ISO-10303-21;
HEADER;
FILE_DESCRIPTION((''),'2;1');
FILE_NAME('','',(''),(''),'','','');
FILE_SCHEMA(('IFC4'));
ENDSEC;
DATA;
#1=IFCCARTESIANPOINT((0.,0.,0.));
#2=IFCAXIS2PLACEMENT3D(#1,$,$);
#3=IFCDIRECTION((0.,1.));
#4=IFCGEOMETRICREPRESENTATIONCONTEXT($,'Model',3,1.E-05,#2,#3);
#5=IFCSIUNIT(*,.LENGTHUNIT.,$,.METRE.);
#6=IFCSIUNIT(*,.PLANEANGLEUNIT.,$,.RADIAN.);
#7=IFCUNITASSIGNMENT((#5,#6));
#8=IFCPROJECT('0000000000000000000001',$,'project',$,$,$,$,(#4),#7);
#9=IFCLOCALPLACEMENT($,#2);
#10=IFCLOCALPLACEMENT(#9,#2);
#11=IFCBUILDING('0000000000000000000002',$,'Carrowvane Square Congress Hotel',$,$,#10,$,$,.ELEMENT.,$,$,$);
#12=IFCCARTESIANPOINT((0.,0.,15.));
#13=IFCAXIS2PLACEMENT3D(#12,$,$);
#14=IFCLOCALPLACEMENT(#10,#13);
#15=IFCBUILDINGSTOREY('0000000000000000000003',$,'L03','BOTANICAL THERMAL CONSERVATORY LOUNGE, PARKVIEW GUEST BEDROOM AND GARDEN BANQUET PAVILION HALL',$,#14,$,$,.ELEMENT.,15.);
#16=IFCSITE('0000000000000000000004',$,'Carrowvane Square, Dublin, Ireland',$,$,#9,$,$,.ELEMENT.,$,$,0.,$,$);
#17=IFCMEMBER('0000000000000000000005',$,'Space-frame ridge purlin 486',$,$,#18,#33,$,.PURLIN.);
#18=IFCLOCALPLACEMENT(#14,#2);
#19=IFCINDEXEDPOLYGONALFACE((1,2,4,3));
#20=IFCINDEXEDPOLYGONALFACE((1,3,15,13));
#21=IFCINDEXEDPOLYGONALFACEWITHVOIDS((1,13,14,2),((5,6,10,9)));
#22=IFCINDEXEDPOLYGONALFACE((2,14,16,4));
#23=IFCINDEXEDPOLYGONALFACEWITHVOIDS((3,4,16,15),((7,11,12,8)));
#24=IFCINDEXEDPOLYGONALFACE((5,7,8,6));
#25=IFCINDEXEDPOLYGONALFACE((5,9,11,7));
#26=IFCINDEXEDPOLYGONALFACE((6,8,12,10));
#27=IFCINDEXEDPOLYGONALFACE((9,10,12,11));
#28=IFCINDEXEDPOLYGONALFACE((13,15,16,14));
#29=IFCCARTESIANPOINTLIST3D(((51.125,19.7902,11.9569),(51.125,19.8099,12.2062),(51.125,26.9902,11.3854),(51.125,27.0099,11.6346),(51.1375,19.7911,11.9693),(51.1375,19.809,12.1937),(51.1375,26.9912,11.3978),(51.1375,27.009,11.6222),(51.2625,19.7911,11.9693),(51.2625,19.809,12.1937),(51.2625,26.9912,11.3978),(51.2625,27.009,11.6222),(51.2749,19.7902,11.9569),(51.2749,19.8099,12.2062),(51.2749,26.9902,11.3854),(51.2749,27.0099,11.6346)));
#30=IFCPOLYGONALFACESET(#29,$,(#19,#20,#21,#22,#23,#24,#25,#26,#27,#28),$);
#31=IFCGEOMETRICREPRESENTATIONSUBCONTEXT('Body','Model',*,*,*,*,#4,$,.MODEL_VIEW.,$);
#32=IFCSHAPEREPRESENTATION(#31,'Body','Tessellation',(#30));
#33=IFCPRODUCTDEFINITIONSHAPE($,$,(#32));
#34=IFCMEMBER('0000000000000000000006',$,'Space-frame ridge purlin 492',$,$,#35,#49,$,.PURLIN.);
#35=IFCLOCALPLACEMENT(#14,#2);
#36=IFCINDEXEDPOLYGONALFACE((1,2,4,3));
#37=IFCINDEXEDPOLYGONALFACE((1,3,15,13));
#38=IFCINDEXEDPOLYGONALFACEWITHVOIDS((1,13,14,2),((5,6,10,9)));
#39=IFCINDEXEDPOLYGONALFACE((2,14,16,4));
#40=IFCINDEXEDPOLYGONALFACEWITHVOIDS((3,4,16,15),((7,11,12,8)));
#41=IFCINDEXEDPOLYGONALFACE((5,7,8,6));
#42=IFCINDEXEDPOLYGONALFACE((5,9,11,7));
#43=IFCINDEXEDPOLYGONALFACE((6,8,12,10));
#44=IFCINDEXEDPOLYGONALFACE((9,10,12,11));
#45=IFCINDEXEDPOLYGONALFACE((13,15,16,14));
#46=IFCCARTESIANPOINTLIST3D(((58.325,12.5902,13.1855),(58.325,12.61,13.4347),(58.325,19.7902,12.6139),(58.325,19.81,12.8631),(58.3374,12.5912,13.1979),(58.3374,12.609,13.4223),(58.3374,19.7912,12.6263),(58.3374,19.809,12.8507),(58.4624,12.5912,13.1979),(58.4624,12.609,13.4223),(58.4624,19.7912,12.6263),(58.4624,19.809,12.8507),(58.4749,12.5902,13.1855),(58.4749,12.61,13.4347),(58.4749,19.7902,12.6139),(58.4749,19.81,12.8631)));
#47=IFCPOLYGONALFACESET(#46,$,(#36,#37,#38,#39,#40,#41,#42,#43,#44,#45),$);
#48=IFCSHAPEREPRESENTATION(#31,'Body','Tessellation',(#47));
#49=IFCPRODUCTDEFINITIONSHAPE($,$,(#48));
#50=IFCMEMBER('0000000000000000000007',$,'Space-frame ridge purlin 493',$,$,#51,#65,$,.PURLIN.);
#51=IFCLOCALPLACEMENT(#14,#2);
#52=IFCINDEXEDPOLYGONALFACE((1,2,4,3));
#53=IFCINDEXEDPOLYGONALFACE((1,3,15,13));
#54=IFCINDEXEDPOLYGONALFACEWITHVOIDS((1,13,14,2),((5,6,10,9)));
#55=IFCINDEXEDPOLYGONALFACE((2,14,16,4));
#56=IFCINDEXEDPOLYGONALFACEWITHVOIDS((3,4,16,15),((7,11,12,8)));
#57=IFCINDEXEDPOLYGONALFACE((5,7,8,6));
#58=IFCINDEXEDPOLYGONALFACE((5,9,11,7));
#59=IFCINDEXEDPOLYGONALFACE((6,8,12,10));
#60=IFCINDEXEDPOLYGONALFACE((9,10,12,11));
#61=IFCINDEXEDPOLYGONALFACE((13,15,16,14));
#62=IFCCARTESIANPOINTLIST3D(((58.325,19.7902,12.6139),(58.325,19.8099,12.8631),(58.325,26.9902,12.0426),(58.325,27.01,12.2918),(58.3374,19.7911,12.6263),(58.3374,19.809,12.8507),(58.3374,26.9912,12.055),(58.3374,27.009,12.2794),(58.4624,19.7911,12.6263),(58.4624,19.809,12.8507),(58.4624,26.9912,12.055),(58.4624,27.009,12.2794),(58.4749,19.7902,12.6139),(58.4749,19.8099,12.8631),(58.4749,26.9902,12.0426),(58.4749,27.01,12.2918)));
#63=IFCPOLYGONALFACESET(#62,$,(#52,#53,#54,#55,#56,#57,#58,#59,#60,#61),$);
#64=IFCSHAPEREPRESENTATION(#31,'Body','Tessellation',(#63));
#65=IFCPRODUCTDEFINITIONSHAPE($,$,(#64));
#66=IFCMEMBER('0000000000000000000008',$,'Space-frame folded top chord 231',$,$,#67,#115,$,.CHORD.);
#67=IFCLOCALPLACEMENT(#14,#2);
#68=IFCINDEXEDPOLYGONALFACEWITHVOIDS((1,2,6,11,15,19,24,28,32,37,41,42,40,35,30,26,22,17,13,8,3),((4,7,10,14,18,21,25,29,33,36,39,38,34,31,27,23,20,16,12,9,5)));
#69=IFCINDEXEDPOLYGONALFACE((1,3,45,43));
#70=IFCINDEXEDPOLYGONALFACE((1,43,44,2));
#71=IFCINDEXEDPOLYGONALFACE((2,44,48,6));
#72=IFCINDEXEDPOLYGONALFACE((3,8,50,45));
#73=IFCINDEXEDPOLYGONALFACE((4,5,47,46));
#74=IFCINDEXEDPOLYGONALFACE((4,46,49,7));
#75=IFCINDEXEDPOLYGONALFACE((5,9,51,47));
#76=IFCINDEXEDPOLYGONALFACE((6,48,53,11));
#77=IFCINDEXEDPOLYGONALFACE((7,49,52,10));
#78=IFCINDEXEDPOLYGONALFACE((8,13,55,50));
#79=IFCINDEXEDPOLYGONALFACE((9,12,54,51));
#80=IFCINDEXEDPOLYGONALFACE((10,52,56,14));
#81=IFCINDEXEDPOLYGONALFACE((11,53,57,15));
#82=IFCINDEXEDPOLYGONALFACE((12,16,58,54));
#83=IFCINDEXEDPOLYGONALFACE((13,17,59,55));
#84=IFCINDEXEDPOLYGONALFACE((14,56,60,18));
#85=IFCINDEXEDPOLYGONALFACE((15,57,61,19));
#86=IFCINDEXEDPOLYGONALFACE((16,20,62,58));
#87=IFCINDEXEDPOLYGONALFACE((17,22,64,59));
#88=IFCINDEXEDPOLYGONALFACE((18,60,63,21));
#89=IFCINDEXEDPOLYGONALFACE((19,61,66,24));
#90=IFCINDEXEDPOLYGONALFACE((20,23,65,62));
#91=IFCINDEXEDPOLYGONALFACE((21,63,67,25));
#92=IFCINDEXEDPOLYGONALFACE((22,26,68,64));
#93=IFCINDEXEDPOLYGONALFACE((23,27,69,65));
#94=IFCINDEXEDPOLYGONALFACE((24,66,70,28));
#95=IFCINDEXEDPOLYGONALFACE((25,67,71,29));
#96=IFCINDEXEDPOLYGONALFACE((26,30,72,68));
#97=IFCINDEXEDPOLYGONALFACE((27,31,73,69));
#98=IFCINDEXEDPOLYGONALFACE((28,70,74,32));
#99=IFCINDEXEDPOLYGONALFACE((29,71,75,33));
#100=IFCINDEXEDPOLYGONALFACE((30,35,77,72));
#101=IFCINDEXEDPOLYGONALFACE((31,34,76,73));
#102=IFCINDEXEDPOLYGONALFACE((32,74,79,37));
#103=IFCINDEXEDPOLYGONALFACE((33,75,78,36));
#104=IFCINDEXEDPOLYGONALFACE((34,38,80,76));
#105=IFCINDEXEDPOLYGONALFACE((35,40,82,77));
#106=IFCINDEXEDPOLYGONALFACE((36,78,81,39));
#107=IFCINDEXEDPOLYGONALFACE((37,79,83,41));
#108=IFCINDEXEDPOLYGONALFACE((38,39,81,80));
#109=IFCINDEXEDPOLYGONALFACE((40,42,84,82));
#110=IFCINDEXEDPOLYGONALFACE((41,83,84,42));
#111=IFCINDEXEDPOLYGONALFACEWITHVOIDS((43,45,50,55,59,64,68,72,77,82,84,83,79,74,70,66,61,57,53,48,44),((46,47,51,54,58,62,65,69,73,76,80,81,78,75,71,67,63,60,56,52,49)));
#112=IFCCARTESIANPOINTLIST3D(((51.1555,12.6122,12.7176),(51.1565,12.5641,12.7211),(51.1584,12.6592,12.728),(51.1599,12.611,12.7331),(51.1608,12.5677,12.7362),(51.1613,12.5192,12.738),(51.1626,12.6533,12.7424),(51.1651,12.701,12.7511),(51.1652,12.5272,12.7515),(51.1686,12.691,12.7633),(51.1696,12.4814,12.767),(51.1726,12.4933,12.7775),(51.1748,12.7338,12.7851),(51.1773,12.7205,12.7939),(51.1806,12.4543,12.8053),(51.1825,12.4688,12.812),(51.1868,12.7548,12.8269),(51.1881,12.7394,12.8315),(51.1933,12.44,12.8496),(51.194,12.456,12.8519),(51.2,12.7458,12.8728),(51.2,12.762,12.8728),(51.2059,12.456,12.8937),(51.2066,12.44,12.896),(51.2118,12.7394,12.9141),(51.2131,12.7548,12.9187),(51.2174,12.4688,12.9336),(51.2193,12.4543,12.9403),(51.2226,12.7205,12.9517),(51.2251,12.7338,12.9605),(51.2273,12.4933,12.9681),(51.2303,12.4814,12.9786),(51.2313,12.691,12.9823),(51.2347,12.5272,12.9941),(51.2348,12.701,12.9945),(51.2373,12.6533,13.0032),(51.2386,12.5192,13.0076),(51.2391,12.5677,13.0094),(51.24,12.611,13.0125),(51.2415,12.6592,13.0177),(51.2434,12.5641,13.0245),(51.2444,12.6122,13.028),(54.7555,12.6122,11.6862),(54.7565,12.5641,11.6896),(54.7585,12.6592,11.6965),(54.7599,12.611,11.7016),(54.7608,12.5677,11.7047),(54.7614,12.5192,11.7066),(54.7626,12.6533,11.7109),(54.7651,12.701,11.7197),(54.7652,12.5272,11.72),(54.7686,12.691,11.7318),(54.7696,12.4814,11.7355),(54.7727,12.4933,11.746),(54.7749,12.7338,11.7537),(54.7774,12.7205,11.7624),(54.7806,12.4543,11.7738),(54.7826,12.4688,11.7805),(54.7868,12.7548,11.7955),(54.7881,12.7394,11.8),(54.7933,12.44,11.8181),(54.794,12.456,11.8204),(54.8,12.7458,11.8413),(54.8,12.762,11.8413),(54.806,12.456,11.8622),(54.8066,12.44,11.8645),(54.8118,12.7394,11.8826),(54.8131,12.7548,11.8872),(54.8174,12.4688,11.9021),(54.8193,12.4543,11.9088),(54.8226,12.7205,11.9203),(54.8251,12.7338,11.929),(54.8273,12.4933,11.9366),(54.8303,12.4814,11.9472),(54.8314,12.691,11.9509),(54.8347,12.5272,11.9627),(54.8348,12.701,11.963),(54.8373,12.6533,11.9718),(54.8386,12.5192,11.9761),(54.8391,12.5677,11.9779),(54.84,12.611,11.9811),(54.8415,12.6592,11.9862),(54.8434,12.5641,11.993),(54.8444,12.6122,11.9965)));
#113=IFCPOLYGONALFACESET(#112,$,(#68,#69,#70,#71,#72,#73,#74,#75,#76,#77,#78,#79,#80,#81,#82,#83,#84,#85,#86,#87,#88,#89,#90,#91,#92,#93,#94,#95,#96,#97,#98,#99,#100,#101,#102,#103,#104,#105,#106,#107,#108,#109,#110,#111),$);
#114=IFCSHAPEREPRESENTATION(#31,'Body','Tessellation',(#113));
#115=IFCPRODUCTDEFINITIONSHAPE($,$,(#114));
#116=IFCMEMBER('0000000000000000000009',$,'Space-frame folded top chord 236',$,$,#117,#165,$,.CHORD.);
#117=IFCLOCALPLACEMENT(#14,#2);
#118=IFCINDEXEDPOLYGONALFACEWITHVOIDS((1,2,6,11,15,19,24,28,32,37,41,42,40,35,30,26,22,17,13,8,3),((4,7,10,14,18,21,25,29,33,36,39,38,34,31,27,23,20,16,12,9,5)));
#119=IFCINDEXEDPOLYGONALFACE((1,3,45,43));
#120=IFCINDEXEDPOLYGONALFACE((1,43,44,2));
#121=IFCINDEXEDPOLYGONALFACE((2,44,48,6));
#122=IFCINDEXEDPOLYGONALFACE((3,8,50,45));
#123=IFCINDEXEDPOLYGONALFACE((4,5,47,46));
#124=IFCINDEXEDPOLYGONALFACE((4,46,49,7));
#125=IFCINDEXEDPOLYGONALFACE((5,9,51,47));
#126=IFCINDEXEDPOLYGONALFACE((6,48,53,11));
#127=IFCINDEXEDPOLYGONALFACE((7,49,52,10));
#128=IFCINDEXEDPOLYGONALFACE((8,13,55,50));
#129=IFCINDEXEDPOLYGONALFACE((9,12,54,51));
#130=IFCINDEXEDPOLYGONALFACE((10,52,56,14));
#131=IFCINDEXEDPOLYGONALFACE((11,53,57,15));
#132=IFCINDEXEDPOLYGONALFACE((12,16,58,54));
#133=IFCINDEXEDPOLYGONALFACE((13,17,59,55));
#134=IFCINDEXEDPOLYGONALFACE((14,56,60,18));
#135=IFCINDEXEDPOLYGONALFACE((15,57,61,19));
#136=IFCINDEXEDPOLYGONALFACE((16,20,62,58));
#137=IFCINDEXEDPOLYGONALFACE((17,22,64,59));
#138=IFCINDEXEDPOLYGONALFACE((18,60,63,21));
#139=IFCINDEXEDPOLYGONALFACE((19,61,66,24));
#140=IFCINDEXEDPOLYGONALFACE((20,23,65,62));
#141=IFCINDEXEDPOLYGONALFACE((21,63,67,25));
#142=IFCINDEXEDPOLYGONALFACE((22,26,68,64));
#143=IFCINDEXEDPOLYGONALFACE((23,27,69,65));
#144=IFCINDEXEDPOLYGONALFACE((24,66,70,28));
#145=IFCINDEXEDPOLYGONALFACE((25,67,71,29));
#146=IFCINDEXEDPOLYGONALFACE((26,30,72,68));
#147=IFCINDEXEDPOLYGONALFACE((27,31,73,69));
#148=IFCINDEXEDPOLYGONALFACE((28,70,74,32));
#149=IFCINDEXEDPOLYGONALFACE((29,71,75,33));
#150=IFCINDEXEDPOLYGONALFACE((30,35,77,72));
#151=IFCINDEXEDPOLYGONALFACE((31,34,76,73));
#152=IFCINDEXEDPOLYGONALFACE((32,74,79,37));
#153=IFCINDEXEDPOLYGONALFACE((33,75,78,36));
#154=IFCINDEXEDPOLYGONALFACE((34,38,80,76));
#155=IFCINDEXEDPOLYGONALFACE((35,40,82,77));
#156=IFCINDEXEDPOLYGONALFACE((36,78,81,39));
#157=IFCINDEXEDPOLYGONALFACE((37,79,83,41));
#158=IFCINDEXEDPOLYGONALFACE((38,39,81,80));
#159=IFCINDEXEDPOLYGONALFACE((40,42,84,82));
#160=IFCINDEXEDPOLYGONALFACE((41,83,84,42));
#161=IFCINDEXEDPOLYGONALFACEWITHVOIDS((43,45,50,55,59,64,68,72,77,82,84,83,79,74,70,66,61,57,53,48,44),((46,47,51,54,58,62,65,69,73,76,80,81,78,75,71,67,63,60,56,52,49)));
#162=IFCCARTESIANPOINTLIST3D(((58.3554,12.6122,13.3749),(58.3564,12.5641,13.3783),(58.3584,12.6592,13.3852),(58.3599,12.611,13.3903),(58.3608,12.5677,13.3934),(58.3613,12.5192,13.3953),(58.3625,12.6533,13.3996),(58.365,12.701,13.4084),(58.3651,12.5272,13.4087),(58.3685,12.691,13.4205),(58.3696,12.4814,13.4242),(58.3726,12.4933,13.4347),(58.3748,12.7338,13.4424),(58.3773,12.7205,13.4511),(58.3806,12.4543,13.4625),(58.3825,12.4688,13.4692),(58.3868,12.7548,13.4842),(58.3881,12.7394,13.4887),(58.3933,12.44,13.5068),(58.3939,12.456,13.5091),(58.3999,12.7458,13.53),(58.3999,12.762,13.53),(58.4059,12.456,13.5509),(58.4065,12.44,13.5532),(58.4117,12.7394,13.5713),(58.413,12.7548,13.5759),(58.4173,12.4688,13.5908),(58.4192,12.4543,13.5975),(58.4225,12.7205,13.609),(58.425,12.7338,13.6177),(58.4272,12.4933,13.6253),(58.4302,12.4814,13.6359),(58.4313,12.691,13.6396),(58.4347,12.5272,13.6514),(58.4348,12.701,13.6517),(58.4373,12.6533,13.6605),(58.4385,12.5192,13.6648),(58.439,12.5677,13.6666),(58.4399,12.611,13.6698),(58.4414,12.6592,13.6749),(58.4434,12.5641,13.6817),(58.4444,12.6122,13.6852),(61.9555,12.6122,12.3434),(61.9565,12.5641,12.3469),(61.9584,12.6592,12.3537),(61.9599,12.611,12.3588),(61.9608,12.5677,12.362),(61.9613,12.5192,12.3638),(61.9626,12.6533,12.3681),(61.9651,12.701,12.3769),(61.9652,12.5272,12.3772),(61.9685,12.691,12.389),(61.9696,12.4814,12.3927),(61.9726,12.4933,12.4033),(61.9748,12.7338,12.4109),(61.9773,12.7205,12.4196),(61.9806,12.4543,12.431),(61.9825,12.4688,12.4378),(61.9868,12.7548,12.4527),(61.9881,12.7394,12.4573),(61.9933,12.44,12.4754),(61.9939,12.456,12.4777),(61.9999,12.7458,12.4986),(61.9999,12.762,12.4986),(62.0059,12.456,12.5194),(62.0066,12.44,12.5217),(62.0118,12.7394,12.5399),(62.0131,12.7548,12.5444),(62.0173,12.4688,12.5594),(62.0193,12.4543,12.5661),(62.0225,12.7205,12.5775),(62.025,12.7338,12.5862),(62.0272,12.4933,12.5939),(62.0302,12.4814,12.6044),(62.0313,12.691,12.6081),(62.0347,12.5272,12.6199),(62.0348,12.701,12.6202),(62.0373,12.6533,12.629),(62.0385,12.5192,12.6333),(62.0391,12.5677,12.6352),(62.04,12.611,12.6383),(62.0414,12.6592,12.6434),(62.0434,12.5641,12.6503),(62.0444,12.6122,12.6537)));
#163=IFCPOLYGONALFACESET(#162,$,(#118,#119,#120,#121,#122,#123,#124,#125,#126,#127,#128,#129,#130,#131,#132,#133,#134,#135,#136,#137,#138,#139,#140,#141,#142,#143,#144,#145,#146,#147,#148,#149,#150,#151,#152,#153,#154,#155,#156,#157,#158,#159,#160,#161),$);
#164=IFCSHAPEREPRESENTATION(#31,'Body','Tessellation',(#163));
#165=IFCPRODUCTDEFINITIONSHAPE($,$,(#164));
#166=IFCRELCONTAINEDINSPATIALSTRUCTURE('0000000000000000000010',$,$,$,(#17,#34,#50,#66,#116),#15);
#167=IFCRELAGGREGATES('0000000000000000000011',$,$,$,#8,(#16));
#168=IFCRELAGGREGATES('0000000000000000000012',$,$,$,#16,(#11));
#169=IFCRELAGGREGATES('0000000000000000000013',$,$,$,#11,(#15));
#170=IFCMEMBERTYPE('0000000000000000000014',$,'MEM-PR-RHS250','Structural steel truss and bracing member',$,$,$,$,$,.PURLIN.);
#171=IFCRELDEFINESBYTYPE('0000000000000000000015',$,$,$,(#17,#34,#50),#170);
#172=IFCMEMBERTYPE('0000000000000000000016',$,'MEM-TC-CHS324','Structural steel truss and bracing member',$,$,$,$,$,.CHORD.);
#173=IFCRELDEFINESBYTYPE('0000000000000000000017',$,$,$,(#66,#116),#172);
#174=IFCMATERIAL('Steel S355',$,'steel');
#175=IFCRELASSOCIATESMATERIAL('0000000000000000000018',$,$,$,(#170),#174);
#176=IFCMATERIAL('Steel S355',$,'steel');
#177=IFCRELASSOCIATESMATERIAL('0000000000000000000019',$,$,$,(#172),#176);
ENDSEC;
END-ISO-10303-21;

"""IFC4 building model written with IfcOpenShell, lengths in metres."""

from ifc_helpers import new_model, si_unit, direction, frame, origin, origin_2d, place, context, subcontext, project, spatial, hollow_rectangle, hollow_circle, extrude, material, material_profile, profile_set, type_object, element, save


model = new_model("IFC4")

# Units and contexts
model_context = context("Model", 3, precision=1e-05, world=origin(), true_north=direction((0.0, 1.0)))
body_context = subcontext(model_context, "Body", "Model", "MODEL_VIEW")
ifc_project = project(units=[si_unit("LENGTHUNIT", "METRE"), si_unit("PLANEANGLEUNIT", "RADIAN")], contexts=[model_context])

# Site, building, storey
site_placement = place(None, origin())
site = spatial("IfcSite", under=ifc_project, at=site_placement, Name="Carrowvane Square, Dublin, Ireland", CompositionType="ELEMENT", RefElevation=0.0)
building_placement = place(site_placement, origin())
building = spatial("IfcBuilding", under=site, at=building_placement, Name="Carrowvane Square Congress Hotel", CompositionType="ELEMENT")
storey_placement = place(building_placement, frame((0.0, 0.0, 15.0)))
storey = spatial("IfcBuildingStorey", under=building, at=storey_placement, Name="L03", Description="BOTANICAL THERMAL CONSERVATORY LOUNGE, PARKVIEW GUEST BEDROOM AND GARDEN BANQUET PAVILION HALL", CompositionType="ELEMENT", Elevation=15.0)

# Members
ifc_material_1 = material(Name="Steel S355", Category="steel")
ifc_material_profile_1 = material_profile(ifc_material_1, hollow_rectangle(XDim=0.1499, YDim=0.25, WallThickness=0.0125, at=origin_2d()), Name="RHS 250x150x12.5")
ifc_profile_set_1 = profile_set([ifc_material_profile_1], Name="Steel S355")
member_type_1 = type_object("IfcMemberType", Name="MEM-PR-RHS250", Description="Structural steel truss and bracing member", PredefinedType="PURLIN", material=ifc_profile_set_1)
for number, where, z_axis, x_axis, name in (
    (1, (51.2, 19.8, 12.0815), (0.0, 0.996864, -0.079131), (-1.0, 0.0, 0.0), "Space-frame ridge purlin 486"),
    (2, (58.3999, 12.6001, 13.3101), (0.0, 0.996864, -0.079131), (-1.0, 0.0, 0.0), "Space-frame ridge purlin 492"),
    (3, (58.3999, 19.8, 12.7385), (0.0, 0.996867, -0.079098), (-1.0, 0.0, 0.0), "Space-frame ridge purlin 493"),
):
    element("IfcMember", number, at=place(storey_placement, frame(where, z_axis=z_axis, x_axis=x_axis)), inside=storey, type_object=member_type_1, Name=name, PredefinedType="PURLIN", context=body_context, shape_type="SweptSolid", body=[
        extrude(hollow_rectangle(XDim=0.1499, YDim=0.25, WallThickness=0.0125, at=origin_2d()), origin(), (0.0, 0.0, 1.0), 7.2227),
    ])
ifc_material_2 = material(Name="Steel S355", Category="steel")
ifc_material_profile_2 = material_profile(ifc_material_2, hollow_circle(Radius=0.1619, WallThickness=0.0161, at=origin_2d()), Name="CHS 323.9x16")
ifc_profile_set_2 = profile_set([ifc_material_profile_2], Name="Steel S355")
member_type_2 = type_object("IfcMemberType", Name="MEM-TC-CHS324", Description="Structural steel truss and bracing member", PredefinedType="CHORD", material=ifc_profile_set_2)
for number, where, z_axis, x_axis, name in (
    (4, (51.2, 12.6001, 12.8728), (0.961319, 0.0, -0.275436), (0.0, 1.0, 0.0), "Space-frame folded top chord 231"),
    (5, (58.3999, 12.6001, 13.53), (0.961319, 0.0, -0.275436), (0.0, 1.0, 0.0), "Space-frame folded top chord 236"),
):
    element("IfcMember", number, at=place(storey_placement, frame(where, z_axis=z_axis, x_axis=x_axis)), inside=storey, type_object=member_type_2, Name=name, PredefinedType="CHORD", context=body_context, shape_type="SweptSolid", body=[
        extrude(hollow_circle(Radius=0.1619, WallThickness=0.0161, at=origin_2d()), origin(), (0.0, 0.0, 1.0), 3.7449),
    ])

save(model, "model.ifc")
